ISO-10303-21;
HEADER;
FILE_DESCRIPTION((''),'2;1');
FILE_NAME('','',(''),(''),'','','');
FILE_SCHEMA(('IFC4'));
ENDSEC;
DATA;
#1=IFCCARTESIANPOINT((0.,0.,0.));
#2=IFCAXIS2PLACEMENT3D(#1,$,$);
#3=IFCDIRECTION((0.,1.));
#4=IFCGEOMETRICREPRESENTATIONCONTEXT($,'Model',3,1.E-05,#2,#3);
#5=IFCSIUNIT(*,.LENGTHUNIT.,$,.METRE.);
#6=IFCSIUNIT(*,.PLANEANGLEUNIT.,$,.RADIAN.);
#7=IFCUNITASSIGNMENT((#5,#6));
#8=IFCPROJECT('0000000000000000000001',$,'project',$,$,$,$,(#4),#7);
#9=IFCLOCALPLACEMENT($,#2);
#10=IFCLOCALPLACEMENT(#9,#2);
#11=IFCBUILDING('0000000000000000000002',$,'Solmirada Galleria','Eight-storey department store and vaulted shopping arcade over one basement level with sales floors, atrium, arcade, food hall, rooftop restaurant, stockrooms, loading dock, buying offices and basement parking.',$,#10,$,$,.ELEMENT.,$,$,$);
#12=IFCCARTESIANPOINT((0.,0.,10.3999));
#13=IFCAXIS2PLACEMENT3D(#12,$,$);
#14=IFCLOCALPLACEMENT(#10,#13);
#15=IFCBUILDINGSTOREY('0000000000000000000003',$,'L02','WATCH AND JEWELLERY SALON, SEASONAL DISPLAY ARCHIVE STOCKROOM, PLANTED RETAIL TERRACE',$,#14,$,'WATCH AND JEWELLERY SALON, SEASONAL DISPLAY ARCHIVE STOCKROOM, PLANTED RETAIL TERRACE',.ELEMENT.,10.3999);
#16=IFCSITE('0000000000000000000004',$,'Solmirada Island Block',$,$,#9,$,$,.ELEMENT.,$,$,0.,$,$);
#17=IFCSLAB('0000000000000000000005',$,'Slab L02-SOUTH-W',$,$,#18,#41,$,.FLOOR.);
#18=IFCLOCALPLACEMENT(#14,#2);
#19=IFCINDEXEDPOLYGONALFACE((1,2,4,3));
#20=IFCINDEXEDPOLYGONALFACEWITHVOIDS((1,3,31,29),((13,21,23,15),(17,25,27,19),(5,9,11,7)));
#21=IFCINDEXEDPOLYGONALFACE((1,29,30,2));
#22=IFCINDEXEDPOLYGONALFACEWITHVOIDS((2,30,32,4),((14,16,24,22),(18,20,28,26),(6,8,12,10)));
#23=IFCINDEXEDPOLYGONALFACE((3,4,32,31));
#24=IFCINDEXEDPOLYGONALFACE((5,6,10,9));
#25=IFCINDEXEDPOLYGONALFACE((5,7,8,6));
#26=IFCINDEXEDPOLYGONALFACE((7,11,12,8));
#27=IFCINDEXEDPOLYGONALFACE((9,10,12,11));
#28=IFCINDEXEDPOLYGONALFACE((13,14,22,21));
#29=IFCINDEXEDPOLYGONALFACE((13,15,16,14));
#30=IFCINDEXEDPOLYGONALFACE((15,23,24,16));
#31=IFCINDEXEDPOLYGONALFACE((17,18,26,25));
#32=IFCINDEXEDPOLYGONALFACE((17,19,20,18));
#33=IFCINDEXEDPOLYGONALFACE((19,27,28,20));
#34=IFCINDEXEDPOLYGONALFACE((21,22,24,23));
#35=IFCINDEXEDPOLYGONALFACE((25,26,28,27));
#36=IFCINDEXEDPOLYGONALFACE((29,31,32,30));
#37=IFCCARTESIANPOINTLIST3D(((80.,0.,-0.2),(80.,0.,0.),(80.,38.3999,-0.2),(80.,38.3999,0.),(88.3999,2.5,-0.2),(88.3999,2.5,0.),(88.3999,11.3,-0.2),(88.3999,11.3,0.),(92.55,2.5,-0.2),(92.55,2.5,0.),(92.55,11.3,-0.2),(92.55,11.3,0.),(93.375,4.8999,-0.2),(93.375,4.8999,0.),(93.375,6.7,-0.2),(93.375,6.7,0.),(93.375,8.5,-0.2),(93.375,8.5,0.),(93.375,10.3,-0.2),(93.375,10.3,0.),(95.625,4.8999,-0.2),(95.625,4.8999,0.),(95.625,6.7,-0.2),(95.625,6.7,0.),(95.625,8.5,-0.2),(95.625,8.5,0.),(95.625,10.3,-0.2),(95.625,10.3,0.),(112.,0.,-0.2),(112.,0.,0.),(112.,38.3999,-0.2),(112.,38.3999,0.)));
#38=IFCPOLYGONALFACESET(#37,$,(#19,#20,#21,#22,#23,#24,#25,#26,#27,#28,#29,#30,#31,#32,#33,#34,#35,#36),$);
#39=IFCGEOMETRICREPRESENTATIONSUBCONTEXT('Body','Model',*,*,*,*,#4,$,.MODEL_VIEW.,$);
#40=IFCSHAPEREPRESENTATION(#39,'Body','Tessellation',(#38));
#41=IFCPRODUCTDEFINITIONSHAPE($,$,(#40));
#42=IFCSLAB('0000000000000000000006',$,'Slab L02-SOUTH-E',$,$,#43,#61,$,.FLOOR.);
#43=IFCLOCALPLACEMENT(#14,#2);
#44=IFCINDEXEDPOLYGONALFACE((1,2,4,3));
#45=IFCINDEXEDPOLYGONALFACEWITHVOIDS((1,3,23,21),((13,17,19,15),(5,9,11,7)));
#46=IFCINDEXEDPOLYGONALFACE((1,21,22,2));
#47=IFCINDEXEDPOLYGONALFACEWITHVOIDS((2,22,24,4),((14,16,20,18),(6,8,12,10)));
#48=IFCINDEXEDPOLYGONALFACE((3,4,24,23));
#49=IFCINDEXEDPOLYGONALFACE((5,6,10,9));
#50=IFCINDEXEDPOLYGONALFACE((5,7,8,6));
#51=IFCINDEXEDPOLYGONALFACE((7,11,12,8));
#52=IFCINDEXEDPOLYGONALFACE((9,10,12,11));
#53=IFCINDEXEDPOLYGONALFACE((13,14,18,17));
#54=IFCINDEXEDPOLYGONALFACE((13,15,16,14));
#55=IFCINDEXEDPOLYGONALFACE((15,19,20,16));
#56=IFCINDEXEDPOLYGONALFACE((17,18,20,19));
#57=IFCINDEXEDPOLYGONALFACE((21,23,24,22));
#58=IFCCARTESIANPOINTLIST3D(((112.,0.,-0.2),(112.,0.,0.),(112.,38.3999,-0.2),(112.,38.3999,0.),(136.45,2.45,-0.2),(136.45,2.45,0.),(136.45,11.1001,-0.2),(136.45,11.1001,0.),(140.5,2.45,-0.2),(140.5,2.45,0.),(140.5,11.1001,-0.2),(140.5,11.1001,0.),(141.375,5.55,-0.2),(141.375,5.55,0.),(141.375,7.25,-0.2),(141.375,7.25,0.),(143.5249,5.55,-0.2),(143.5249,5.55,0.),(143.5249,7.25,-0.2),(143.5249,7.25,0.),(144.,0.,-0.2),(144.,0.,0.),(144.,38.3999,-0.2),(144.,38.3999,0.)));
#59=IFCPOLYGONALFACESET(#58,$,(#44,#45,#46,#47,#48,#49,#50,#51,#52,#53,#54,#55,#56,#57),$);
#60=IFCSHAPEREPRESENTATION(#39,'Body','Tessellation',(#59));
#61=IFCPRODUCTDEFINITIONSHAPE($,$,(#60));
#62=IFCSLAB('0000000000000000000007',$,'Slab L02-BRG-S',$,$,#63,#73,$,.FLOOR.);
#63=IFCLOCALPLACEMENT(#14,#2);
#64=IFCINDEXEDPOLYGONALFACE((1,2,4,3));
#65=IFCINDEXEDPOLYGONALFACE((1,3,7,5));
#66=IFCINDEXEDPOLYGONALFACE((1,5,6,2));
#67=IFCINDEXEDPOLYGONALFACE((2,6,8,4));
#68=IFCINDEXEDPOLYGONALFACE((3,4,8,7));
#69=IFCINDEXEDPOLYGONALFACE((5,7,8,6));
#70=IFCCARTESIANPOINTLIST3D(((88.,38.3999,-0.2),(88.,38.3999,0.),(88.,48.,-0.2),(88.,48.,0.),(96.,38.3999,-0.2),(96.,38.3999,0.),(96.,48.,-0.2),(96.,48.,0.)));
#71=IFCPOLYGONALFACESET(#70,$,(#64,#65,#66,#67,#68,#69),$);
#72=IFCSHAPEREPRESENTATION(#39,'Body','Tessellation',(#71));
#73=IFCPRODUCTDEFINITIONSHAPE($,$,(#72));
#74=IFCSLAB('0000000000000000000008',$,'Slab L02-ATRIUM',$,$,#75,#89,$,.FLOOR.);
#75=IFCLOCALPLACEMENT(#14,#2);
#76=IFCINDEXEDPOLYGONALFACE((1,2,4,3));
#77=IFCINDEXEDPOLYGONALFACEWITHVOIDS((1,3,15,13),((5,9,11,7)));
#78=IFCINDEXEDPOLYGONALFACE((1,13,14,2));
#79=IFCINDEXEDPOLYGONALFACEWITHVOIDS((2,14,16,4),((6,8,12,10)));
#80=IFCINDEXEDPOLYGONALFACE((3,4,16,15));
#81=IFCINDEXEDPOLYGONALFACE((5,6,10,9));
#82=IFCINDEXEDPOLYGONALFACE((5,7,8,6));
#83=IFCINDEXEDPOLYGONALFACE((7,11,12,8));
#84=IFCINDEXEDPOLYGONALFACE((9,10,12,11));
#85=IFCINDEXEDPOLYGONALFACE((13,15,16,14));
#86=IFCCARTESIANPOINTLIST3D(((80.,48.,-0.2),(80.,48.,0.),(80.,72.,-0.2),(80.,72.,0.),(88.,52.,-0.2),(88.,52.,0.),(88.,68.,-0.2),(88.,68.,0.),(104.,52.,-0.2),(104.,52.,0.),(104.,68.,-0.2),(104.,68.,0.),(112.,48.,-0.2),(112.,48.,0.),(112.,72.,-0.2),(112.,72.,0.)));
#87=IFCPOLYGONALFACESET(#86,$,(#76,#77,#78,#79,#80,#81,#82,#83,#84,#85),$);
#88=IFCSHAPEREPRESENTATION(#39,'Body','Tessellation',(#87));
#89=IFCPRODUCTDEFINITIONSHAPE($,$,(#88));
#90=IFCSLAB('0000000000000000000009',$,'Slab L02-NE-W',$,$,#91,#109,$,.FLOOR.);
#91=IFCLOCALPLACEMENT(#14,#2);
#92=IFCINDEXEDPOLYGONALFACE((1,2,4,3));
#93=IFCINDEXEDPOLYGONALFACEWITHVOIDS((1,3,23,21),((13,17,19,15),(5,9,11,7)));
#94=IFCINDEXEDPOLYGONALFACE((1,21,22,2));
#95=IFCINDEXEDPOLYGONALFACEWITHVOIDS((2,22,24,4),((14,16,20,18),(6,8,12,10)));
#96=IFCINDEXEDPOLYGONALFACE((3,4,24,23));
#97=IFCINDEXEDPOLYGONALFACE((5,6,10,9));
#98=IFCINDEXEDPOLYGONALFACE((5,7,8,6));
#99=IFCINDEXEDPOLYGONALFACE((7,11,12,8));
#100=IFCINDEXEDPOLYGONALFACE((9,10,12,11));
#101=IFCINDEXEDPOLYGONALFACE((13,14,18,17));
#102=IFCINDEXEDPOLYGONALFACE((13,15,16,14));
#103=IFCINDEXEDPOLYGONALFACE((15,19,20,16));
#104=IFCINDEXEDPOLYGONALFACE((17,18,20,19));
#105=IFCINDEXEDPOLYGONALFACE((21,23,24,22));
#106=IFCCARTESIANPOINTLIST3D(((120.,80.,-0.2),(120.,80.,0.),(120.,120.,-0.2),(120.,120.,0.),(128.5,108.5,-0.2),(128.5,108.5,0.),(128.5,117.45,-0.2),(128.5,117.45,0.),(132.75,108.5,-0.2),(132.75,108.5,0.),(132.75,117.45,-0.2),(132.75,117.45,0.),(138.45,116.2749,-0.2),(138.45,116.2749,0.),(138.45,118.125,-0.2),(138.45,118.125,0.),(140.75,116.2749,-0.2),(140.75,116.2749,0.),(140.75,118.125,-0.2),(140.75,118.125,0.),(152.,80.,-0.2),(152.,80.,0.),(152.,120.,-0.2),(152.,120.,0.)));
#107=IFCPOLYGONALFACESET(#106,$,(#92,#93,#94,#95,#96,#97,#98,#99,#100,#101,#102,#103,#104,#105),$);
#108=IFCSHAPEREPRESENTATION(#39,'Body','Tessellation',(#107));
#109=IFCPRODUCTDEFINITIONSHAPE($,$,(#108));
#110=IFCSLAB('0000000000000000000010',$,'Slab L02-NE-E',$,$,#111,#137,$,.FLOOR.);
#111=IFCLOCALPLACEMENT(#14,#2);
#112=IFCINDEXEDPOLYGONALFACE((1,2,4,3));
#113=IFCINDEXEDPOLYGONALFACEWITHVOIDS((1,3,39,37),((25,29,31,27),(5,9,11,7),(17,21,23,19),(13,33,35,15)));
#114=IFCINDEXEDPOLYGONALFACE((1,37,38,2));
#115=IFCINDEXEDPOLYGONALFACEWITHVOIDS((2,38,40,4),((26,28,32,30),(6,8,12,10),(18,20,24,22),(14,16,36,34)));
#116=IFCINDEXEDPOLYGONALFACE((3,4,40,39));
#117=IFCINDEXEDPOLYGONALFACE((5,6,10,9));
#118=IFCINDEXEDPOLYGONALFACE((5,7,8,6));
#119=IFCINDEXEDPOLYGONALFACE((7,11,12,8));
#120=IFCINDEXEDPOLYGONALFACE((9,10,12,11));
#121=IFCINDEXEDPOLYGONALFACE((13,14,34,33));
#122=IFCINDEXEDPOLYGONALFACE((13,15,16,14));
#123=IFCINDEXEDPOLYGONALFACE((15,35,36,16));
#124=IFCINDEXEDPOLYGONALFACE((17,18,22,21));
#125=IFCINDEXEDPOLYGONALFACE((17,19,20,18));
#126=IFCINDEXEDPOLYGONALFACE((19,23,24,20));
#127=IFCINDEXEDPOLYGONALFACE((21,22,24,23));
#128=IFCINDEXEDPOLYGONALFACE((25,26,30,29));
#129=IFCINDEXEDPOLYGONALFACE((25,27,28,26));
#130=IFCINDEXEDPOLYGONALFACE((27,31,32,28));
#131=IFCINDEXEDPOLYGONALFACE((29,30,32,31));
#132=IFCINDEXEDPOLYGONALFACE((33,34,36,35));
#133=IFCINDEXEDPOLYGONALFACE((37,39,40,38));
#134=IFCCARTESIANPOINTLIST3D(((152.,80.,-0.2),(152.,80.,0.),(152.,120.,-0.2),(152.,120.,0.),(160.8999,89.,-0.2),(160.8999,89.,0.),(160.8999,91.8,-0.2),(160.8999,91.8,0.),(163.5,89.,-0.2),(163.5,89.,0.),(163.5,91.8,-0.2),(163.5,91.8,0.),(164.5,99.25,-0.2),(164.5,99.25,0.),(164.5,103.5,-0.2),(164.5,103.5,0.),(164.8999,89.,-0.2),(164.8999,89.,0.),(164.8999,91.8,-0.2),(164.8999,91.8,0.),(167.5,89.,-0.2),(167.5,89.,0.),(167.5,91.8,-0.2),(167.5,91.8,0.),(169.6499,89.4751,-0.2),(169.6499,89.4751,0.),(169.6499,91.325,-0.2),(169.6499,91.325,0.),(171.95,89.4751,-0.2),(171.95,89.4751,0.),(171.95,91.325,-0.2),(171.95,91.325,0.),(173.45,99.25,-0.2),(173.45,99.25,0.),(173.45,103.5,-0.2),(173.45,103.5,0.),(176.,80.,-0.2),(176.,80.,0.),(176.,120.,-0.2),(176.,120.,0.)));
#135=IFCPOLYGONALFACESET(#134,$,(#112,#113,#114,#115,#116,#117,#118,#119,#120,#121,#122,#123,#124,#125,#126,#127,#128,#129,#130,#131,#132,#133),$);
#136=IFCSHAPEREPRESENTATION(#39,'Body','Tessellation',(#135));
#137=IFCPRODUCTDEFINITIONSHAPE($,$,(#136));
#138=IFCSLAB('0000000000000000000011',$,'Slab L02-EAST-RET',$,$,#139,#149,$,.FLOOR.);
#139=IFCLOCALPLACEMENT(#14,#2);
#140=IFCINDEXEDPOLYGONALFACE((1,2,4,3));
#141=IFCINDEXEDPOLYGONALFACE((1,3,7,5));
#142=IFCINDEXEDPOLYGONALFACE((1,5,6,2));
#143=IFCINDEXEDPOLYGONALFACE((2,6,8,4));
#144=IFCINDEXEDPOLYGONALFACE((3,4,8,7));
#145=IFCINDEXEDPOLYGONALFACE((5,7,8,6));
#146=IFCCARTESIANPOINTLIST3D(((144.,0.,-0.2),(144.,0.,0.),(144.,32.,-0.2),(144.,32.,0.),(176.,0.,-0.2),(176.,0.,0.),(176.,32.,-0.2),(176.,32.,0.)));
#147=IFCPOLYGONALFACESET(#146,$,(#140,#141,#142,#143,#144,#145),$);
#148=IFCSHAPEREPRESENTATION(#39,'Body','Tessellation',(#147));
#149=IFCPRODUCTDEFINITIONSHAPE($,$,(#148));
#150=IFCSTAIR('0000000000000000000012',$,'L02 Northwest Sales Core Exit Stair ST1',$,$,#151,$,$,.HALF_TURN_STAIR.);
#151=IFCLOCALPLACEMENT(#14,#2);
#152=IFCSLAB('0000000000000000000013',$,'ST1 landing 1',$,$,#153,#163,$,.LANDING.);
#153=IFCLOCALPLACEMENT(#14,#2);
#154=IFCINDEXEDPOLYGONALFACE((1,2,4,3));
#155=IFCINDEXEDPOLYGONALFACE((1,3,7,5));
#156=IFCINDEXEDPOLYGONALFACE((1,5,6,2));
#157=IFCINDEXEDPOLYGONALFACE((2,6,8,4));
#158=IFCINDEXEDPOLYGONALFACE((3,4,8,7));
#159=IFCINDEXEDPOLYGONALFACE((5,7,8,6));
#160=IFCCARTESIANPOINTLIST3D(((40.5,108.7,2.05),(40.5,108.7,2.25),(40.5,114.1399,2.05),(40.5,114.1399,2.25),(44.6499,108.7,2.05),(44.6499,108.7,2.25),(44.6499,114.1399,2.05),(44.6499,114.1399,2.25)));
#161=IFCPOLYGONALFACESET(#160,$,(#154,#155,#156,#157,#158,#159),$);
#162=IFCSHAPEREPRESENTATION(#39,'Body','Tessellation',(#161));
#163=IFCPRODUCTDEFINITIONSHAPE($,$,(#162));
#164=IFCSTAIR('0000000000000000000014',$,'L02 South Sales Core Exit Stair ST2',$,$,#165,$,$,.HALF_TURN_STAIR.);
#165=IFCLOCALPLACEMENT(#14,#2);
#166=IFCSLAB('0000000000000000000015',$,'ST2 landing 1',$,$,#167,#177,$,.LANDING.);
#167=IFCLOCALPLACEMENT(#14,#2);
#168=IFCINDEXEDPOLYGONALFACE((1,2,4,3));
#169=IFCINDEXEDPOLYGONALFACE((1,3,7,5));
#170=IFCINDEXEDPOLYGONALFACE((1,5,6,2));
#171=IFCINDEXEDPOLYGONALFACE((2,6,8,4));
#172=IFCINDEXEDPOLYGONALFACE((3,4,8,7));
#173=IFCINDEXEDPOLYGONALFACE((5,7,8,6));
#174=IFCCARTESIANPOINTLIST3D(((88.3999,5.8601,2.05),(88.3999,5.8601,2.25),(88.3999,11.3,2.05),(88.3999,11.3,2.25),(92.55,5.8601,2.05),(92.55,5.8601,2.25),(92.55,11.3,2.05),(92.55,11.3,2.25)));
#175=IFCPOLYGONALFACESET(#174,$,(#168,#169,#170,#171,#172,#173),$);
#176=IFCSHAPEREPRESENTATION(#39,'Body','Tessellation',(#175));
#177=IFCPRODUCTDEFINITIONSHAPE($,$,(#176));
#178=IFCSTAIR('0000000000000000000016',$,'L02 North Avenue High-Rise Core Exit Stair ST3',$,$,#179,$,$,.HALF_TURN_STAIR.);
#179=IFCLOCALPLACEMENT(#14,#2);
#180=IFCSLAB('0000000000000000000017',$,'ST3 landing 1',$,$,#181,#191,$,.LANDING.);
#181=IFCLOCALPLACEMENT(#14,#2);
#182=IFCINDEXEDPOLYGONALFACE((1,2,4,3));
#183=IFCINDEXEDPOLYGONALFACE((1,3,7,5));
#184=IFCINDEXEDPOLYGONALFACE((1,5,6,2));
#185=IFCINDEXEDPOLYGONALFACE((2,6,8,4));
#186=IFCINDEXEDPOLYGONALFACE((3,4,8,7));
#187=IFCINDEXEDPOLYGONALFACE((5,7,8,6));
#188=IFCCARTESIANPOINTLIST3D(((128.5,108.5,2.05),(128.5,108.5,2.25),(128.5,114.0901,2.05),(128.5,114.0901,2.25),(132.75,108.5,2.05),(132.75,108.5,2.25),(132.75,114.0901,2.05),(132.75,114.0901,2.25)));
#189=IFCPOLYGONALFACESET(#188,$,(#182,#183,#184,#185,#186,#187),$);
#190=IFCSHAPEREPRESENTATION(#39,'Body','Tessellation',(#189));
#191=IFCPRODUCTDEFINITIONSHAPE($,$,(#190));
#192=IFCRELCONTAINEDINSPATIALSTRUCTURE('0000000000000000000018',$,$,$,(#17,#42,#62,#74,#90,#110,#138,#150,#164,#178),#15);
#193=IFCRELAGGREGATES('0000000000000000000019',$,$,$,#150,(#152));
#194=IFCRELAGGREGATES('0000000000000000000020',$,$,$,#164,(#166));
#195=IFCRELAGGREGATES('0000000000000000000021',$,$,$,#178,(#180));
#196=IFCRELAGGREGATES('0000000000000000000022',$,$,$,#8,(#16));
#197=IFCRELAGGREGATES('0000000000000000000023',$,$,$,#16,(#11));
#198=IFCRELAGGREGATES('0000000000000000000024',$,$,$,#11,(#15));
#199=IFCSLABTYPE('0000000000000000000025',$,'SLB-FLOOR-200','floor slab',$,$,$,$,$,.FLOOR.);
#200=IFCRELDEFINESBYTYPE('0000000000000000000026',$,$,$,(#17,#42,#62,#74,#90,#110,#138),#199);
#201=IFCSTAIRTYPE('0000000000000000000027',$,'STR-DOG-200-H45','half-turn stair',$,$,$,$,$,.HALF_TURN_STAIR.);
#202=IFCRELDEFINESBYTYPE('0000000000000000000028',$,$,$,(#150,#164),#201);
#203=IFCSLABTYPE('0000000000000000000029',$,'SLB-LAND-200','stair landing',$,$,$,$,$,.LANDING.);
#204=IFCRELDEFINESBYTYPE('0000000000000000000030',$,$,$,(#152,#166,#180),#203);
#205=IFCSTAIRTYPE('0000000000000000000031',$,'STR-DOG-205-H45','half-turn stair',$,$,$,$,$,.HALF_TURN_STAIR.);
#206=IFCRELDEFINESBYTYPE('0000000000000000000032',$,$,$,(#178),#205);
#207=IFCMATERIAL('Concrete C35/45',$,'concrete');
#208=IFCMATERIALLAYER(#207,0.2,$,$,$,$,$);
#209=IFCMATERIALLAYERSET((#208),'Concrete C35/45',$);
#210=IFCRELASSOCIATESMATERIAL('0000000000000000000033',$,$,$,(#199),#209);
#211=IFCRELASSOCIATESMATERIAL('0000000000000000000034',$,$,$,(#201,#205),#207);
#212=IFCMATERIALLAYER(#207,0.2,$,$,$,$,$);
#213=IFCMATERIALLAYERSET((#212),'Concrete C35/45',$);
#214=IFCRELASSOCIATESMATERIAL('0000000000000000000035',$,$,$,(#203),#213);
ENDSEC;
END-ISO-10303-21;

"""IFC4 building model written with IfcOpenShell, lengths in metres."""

from ifc_helpers import new_model, si_unit, direction, frame, origin, place, context, subcontext, project, spatial, polyline, outline, extrude, material, layer, layer_set, type_object, element, aggregate, save


model = new_model("IFC4")

# Units and contexts
model_context = context("Model", 3, precision=1e-05, world=origin(), true_north=direction((0.0, 1.0)))
body_context = subcontext(model_context, "Body", "Model", "MODEL_VIEW")
ifc_project = project(units=[si_unit("LENGTHUNIT", "METRE"), si_unit("PLANEANGLEUNIT", "RADIAN")], contexts=[model_context])

# Site, building, storey
site_placement = place(None, origin())
site = spatial("IfcSite", under=ifc_project, at=site_placement, Name="Solmirada Island Block", CompositionType="ELEMENT", RefElevation=0.0)
building_placement = place(site_placement, origin())
building = spatial("IfcBuilding", under=site, at=building_placement, Name="Solmirada Galleria", Description="Eight-storey department store and vaulted shopping arcade over one basement level with sales floors, atrium, arcade, food hall, rooftop restaurant, stockrooms, loading dock, buying offices and basement parking.", CompositionType="ELEMENT")
storey_placement = place(building_placement, frame((0.0, 0.0, 10.3999)))
storey = spatial("IfcBuildingStorey", under=building, at=storey_placement, Name="L02", Description="WATCH AND JEWELLERY SALON, SEASONAL DISPLAY ARCHIVE STOCKROOM, PLANTED RETAIL TERRACE", LongName="WATCH AND JEWELLERY SALON, SEASONAL DISPLAY ARCHIVE STOCKROOM, PLANTED RETAIL TERRACE", CompositionType="ELEMENT", Elevation=10.3999)

# Slabs
ifc_material_1 = material(Name="Concrete C35/45", Category="concrete")
ifc_layer_1 = layer(ifc_material_1, 0.2)
ifc_layer_set_1 = layer_set([ifc_layer_1], Name="Concrete C35/45")
slab_type_1 = type_object("IfcSlabType", Name="SLB-FLOOR-200", Description="floor slab", PredefinedType="FLOOR", material=ifc_layer_set_1)
slab_1_placement = place(storey_placement, frame((0.0, 0.0, -0.2)))
element("IfcSlab", 1, at=slab_1_placement, inside=storey, type_object=slab_type_1, Name="Slab L02-SOUTH-W", PredefinedType="FLOOR", context=body_context, shape_type="SweptSolid", body=[
    extrude(outline(polyline([(80.0, 0.0), (112.0, 0.0), (112.0, 38.3999), (80.0, 38.3999), (80.0, 0.0)]), holes=[polyline([(88.3999, 2.5), (92.55, 2.5), (92.55, 11.3), (88.3999, 11.3), (88.3999, 2.5)]), polyline([(93.375, 4.8999), (95.625, 4.8999), (95.625, 6.7), (93.375, 6.7), (93.375, 4.8999)]), polyline([(93.375, 8.5), (95.625, 8.5), (95.625, 10.3), (93.375, 10.3), (93.375, 8.5)])]), origin(), (0.0, 0.0, 1.0), 0.2),
])
slab_2_placement = place(storey_placement, frame((0.0, 0.0, -0.2)))
element("IfcSlab", 2, at=slab_2_placement, inside=storey, type_object=slab_type_1, Name="Slab L02-SOUTH-E", PredefinedType="FLOOR", context=body_context, shape_type="SweptSolid", body=[
    extrude(outline(polyline([(112.0, 0.0), (144.0, 0.0), (144.0, 38.3999), (112.0, 38.3999), (112.0, 0.0)]), holes=[polyline([(136.45, 2.45), (140.5, 2.45), (140.5, 11.1001), (136.45, 11.1001), (136.45, 2.45)]), polyline([(141.375, 5.55), (143.5249, 5.55), (143.5249, 7.25), (141.375, 7.25), (141.375, 5.55)])]), origin(), (0.0, 0.0, 1.0), 0.2),
])
slab_3_placement = place(storey_placement, frame((0.0, 0.0, -0.2)))
element("IfcSlab", 3, at=slab_3_placement, inside=storey, type_object=slab_type_1, Name="Slab L02-BRG-S", PredefinedType="FLOOR", context=body_context, shape_type="SweptSolid", body=[
    extrude(outline(polyline([(88.0, 38.3999), (96.0, 38.3999), (96.0, 48.0), (88.0, 48.0), (88.0, 38.3999)])), origin(), (0.0, 0.0, 1.0), 0.2),
])
slab_4_placement = place(storey_placement, frame((0.0, 0.0, -0.2)))
element("IfcSlab", 4, at=slab_4_placement, inside=storey, type_object=slab_type_1, Name="Slab L02-ATRIUM", PredefinedType="FLOOR", context=body_context, shape_type="SweptSolid", body=[
    extrude(outline(polyline([(80.0, 48.0), (112.0, 48.0), (112.0, 72.0), (80.0, 72.0), (80.0, 48.0)]), holes=[polyline([(88.0, 52.0), (104.0, 52.0), (104.0, 68.0), (88.0, 68.0), (88.0, 52.0)])]), origin(), (0.0, 0.0, 1.0), 0.2),
])
slab_5_placement = place(storey_placement, frame((0.0, 0.0, -0.2)))
element("IfcSlab", 5, at=slab_5_placement, inside=storey, type_object=slab_type_1, Name="Slab L02-NE-W", PredefinedType="FLOOR", context=body_context, shape_type="SweptSolid", body=[
    extrude(outline(polyline([(120.0, 80.0), (152.0, 80.0), (152.0, 120.0), (120.0, 120.0), (120.0, 80.0)]), holes=[polyline([(128.5, 108.5), (132.75, 108.5), (132.75, 117.45), (128.5, 117.45), (128.5, 108.5)]), polyline([(138.45, 116.2749), (140.75, 116.2749), (140.75, 118.125), (138.45, 118.125), (138.45, 116.2749)])]), origin(), (0.0, 0.0, 1.0), 0.2),
])
slab_6_placement = place(storey_placement, frame((0.0, 0.0, -0.2)))
element("IfcSlab", 6, at=slab_6_placement, inside=storey, type_object=slab_type_1, Name="Slab L02-NE-E", PredefinedType="FLOOR", context=body_context, shape_type="SweptSolid", body=[
    extrude(outline(polyline([(152.0, 80.0), (176.0, 80.0), (176.0, 120.0), (152.0, 120.0), (152.0, 80.0)]), holes=[polyline([(164.5, 99.25), (173.45, 99.25), (173.45, 103.5), (164.5, 103.5), (164.5, 99.25)]), polyline([(169.6499, 89.4751), (171.95, 89.4751), (171.95, 91.325), (169.6499, 91.325), (169.6499, 89.4751)]), polyline([(164.8999, 89.0), (167.5, 89.0), (167.5, 91.8), (164.8999, 91.8), (164.8999, 89.0)]), polyline([(160.8999, 89.0), (163.5, 89.0), (163.5, 91.8), (160.8999, 91.8), (160.8999, 89.0)])]), origin(), (0.0, 0.0, 1.0), 0.2),
])
slab_7_placement = place(storey_placement, frame((0.0, 0.0, -0.2)))
element("IfcSlab", 7, at=slab_7_placement, inside=storey, type_object=slab_type_1, Name="Slab L02-EAST-RET", PredefinedType="FLOOR", context=body_context, shape_type="SweptSolid", body=[
    extrude(outline(polyline([(144.0, 0.0), (176.0, 0.0), (176.0, 32.0), (144.0, 32.0), (144.0, 0.0)])), origin(), (0.0, 0.0, 1.0), 0.2),
])

# Stairs, slabs
stair_type_1 = type_object("IfcStairType", Name="STR-DOG-200-H45", Description="half-turn stair", PredefinedType="HALF_TURN_STAIR", material=ifc_material_1)
stair_1_placement = place(storey_placement, origin())
stair_1 = element("IfcStair", 8, at=stair_1_placement, inside=storey, type_object=stair_type_1, Name="L02 Northwest Sales Core Exit Stair ST1", PredefinedType="HALF_TURN_STAIR")
ifc_layer_2 = layer(ifc_material_1, 0.2)
ifc_layer_set_2 = layer_set([ifc_layer_2], Name="Concrete C35/45")
slab_type_2 = type_object("IfcSlabType", Name="SLB-LAND-200", Description="stair landing", PredefinedType="LANDING", material=ifc_layer_set_2)
slab_8_placement = place(storey_placement, frame((0.0, 0.0, 2.05)))
slab_8 = element("IfcSlab", 9, at=slab_8_placement, type_object=slab_type_2, Name="ST1 landing 1", PredefinedType="LANDING", context=body_context, shape_type="SweptSolid", body=[
    extrude(outline(polyline([(40.5, 114.1399), (40.5, 108.7), (44.6499, 108.7), (44.6499, 114.1399), (40.5, 114.1399)])), origin(), (0.0, 0.0, 1.0), 0.2),
])
aggregate(stair_1, [slab_8])
stair_2_placement = place(storey_placement, origin())
stair_2 = element("IfcStair", 10, at=stair_2_placement, inside=storey, type_object=stair_type_1, Name="L02 South Sales Core Exit Stair ST2", PredefinedType="HALF_TURN_STAIR")
slab_9_placement = place(storey_placement, frame((0.0, 0.0, 2.05)))
slab_9 = element("IfcSlab", 11, at=slab_9_placement, type_object=slab_type_2, Name="ST2 landing 1", PredefinedType="LANDING", context=body_context, shape_type="SweptSolid", body=[
    extrude(outline(polyline([(92.55, 5.8601), (92.55, 11.3), (88.3999, 11.3), (88.3999, 5.8601), (92.55, 5.8601)])), origin(), (0.0, 0.0, 1.0), 0.2),
])
aggregate(stair_2, [slab_9])
stair_type_2 = type_object("IfcStairType", Name="STR-DOG-205-H45", Description="half-turn stair", PredefinedType="HALF_TURN_STAIR", material=ifc_material_1)
stair_3_placement = place(storey_placement, origin())
stair_3 = element("IfcStair", 12, at=stair_3_placement, inside=storey, type_object=stair_type_2, Name="L02 North Avenue High-Rise Core Exit Stair ST3", PredefinedType="HALF_TURN_STAIR")
slab_10_placement = place(storey_placement, frame((0.0, 0.0, 2.05)))
slab_10 = element("IfcSlab", 13, at=slab_10_placement, type_object=slab_type_2, Name="ST3 landing 1", PredefinedType="LANDING", context=body_context, shape_type="SweptSolid", body=[
    extrude(outline(polyline([(128.5, 114.0901), (128.5, 108.5), (132.75, 108.5), (132.75, 114.0901), (128.5, 114.0901)])), origin(), (0.0, 0.0, 1.0), 0.2),
])
aggregate(stair_3, [slab_10])

save(model, "model.ifc")
